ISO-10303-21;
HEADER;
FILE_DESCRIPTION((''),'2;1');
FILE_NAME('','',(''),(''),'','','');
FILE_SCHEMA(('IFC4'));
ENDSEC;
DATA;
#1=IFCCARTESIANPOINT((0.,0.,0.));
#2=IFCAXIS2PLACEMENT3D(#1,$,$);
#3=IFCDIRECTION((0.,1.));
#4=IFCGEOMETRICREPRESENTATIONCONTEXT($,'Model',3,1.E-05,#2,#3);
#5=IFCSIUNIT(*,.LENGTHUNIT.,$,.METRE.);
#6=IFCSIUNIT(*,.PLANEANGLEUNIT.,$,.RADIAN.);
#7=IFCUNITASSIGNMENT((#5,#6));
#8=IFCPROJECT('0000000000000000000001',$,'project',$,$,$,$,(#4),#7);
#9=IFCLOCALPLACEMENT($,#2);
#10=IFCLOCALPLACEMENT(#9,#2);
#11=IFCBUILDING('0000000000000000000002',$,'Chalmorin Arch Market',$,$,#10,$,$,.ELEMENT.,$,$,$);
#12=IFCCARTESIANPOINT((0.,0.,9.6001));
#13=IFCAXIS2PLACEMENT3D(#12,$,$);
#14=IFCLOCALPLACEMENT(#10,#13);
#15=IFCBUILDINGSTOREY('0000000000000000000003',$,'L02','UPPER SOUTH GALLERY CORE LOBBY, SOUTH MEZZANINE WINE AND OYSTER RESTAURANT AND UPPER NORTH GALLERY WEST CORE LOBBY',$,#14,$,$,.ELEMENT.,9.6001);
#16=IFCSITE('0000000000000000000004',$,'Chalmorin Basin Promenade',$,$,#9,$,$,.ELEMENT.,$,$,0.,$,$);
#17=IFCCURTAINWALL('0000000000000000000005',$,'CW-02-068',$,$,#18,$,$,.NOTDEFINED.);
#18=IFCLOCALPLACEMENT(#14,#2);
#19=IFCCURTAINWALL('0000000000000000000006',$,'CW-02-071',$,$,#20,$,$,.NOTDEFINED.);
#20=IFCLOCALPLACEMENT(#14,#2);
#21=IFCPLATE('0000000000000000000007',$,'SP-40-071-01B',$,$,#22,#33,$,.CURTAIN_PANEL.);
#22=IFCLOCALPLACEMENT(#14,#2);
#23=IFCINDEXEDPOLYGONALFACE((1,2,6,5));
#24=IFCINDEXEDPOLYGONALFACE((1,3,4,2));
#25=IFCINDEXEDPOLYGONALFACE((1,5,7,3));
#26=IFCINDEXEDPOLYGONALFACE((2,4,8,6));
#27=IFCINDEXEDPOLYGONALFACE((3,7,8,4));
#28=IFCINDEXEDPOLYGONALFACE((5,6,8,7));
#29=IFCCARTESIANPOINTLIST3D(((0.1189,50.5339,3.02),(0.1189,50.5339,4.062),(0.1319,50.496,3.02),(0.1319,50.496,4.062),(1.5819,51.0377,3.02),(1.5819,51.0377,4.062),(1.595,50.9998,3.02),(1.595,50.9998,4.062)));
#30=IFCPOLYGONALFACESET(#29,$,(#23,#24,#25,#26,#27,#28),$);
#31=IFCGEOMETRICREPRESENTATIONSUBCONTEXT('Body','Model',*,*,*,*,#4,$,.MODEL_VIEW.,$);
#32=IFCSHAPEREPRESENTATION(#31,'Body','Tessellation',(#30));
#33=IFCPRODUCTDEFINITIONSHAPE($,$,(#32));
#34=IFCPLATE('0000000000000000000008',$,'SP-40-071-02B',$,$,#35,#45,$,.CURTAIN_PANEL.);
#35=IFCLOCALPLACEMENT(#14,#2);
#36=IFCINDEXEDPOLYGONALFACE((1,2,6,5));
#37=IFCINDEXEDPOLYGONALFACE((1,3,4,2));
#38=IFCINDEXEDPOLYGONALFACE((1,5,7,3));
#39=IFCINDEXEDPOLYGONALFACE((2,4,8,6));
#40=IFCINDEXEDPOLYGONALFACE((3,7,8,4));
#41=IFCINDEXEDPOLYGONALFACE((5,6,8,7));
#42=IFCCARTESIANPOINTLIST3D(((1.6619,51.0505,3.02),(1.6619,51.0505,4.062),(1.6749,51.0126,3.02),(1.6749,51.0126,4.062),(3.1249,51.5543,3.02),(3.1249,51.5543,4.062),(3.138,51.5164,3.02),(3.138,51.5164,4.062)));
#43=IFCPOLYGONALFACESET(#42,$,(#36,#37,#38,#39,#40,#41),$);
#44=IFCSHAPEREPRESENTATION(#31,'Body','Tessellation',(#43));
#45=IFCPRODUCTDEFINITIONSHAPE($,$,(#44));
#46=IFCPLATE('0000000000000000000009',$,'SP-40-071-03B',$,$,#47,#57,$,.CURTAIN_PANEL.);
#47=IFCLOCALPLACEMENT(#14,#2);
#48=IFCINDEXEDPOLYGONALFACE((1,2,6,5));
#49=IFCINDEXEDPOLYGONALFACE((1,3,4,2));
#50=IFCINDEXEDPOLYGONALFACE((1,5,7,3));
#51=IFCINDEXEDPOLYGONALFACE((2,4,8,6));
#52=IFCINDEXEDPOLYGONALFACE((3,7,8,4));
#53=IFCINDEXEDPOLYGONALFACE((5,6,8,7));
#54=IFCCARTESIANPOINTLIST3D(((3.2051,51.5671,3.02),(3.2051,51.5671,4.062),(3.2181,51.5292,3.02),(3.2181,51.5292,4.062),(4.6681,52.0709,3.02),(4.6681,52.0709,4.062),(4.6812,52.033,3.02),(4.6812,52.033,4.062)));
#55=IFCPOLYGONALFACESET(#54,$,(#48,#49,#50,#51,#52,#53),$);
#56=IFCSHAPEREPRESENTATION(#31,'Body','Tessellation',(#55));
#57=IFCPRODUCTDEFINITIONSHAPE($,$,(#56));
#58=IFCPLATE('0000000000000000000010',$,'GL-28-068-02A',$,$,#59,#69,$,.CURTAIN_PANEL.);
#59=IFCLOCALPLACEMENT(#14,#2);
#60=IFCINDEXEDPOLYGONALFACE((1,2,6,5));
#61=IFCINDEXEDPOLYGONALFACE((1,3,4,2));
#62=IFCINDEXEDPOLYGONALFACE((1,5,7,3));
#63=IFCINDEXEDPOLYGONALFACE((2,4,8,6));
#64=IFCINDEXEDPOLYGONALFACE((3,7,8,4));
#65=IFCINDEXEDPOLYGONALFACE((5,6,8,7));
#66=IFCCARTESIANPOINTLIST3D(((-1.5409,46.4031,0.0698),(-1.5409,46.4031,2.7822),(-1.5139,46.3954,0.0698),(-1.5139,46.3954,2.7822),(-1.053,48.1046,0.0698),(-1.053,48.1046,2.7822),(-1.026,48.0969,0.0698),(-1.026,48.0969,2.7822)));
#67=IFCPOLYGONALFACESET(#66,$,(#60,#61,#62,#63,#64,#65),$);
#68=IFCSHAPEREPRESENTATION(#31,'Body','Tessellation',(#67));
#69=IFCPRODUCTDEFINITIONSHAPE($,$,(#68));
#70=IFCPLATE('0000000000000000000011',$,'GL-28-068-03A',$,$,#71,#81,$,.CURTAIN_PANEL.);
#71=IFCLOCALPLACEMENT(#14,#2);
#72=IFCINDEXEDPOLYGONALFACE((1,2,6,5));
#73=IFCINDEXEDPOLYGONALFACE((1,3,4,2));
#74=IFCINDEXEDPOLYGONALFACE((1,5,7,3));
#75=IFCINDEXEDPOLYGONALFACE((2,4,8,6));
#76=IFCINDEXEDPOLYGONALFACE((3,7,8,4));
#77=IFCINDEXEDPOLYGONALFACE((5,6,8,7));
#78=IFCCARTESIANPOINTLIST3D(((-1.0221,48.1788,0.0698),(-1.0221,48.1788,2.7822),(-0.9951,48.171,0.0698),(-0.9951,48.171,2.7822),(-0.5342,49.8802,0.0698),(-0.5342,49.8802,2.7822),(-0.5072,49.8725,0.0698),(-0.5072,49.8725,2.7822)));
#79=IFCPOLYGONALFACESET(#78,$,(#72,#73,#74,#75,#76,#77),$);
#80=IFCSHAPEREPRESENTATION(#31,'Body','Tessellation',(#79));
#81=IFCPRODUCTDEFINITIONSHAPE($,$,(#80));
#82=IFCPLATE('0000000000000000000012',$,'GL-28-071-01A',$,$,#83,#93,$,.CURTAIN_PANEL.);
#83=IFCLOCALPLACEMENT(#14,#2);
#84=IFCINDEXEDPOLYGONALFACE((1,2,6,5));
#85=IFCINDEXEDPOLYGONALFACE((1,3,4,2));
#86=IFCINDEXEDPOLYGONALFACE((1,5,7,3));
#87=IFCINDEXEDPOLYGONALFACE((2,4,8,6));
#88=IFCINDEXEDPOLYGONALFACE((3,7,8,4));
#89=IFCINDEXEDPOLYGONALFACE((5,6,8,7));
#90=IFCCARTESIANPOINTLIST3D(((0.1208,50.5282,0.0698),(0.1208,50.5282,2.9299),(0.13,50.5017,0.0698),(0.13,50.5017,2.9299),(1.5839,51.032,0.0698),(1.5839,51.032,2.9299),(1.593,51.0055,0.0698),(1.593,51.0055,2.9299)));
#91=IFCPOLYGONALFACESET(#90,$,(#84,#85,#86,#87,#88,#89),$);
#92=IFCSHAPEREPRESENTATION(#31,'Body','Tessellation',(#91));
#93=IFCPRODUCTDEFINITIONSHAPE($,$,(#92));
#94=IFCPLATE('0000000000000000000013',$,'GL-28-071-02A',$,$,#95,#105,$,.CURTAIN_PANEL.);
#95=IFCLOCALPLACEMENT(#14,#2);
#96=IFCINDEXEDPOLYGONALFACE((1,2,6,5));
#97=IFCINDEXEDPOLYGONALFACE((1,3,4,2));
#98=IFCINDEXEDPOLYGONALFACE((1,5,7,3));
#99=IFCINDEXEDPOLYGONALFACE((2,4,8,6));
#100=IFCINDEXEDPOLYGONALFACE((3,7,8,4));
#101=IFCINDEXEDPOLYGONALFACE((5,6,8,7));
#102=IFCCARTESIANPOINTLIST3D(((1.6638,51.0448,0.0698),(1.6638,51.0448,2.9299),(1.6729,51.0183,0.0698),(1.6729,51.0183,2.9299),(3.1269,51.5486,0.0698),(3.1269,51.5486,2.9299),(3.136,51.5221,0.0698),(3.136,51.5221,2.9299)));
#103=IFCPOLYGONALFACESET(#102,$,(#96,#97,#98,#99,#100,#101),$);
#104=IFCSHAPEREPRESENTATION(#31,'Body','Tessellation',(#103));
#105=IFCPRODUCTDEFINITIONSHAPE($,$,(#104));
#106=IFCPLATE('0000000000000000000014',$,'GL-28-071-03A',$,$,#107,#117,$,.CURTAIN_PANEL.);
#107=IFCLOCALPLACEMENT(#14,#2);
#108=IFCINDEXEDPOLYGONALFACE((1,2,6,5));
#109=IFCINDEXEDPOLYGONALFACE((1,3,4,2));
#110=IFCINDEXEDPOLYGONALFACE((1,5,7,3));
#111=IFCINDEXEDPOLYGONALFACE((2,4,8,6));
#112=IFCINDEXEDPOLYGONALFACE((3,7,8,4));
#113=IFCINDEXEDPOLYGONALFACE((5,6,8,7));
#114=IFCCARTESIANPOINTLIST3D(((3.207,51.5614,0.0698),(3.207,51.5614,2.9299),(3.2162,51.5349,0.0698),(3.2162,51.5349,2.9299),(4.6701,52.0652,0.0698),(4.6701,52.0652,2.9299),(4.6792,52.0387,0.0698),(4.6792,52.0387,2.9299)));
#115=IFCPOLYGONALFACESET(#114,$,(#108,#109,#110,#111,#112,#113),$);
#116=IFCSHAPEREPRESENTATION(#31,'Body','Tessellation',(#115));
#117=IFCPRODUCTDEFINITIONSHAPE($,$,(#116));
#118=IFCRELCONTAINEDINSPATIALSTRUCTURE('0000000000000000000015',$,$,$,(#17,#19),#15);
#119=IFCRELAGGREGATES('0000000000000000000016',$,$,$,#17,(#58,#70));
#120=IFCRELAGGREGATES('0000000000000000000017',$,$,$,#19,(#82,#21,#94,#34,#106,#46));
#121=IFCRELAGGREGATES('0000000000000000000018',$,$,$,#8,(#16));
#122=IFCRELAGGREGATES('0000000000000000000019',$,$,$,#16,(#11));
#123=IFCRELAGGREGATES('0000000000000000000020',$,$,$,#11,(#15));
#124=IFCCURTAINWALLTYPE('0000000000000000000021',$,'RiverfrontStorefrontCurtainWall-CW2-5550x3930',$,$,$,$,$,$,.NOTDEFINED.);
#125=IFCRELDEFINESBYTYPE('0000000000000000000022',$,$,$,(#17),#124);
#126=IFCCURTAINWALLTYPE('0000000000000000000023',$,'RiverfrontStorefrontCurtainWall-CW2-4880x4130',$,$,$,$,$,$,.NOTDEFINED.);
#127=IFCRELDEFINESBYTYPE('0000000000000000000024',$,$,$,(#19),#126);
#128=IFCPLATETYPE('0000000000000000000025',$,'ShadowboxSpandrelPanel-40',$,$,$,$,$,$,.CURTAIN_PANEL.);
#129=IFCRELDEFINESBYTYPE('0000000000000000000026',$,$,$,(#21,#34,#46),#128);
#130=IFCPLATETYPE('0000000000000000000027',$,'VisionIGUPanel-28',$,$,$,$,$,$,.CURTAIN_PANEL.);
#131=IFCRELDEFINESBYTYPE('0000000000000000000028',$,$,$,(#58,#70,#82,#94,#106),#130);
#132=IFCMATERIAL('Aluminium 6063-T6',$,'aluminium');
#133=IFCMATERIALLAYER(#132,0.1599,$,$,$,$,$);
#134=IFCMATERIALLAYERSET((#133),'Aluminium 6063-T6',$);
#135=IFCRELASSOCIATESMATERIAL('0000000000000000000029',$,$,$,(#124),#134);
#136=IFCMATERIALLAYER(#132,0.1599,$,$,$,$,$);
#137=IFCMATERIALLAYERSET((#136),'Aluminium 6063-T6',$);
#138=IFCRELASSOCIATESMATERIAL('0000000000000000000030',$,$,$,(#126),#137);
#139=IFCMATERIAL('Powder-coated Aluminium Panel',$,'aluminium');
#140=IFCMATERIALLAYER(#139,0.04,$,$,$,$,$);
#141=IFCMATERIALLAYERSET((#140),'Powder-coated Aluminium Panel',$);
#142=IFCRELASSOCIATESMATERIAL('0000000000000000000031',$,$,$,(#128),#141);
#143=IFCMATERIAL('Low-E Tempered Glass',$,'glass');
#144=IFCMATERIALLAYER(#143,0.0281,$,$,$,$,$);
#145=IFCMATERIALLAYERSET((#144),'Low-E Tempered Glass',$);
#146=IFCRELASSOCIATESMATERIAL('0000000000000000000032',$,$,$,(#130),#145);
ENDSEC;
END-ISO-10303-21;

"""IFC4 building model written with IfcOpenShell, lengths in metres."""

from ifc_helpers import new_model, si_unit, direction, frame, origin, origin_2d, place, context, subcontext, project, spatial, rectangle, extrude, material, layer, layer_set, type_object, element, aggregate, save


model = new_model("IFC4")

# Units and contexts
model_context = context("Model", 3, precision=1e-05, world=origin(), true_north=direction((0.0, 1.0)))
body_context = subcontext(model_context, "Body", "Model", "MODEL_VIEW")
ifc_project = project(units=[si_unit("LENGTHUNIT", "METRE"), si_unit("PLANEANGLEUNIT", "RADIAN")], contexts=[model_context])

# Site, building, storey
site_placement = place(None, origin())
site = spatial("IfcSite", under=ifc_project, at=site_placement, Name="Chalmorin Basin Promenade", CompositionType="ELEMENT", RefElevation=0.0)
building_placement = place(site_placement, origin())
building = spatial("IfcBuilding", under=site, at=building_placement, Name="Chalmorin Arch Market", CompositionType="ELEMENT")
storey_placement = place(building_placement, frame((0.0, 0.0, 9.6001)))
storey = spatial("IfcBuildingStorey", under=building, at=storey_placement, Name="L02", Description="UPPER SOUTH GALLERY CORE LOBBY, SOUTH MEZZANINE WINE AND OYSTER RESTAURANT AND UPPER NORTH GALLERY WEST CORE LOBBY", CompositionType="ELEMENT", Elevation=9.6001)

# Curtain walls
ifc_material_1 = material(Name="Aluminium 6063-T6", Category="aluminium")
ifc_layer_1 = layer(ifc_material_1, 0.1599)
ifc_layer_set_1 = layer_set([ifc_layer_1], Name="Aluminium 6063-T6")
curtain_wall_type_1 = type_object("IfcCurtainWallType", Name="RiverfrontStorefrontCurtainWall-CW2-5550x3930", PredefinedType="NOTDEFINED", material=ifc_layer_set_1)
curtain_wall_1_placement = place(storey_placement, origin())
curtain_wall_1 = element("IfcCurtainWall", 1, at=curtain_wall_1_placement, inside=storey, type_object=curtain_wall_type_1, Name="CW-02-068", PredefinedType="NOTDEFINED")
ifc_layer_2 = layer(ifc_material_1, 0.1599)
ifc_layer_set_2 = layer_set([ifc_layer_2], Name="Aluminium 6063-T6")
curtain_wall_type_2 = type_object("IfcCurtainWallType", Name="RiverfrontStorefrontCurtainWall-CW2-4880x4130", PredefinedType="NOTDEFINED", material=ifc_layer_set_2)
curtain_wall_2_placement = place(storey_placement, origin())
curtain_wall_2 = element("IfcCurtainWall", 2, at=curtain_wall_2_placement, inside=storey, type_object=curtain_wall_type_2, Name="CW-02-071", PredefinedType="NOTDEFINED")

# Plates
ifc_material_2 = material(Name="Powder-coated Aluminium Panel", Category="aluminium")
ifc_layer_3 = layer(ifc_material_2, 0.04)
ifc_layer_set_3 = layer_set([ifc_layer_3], Name="Powder-coated Aluminium Panel")
plate_type_1 = type_object("IfcPlateType", Name="ShadowboxSpandrelPanel-40", PredefinedType="CURTAIN_PANEL", material=ifc_layer_set_3)
plate_1_placement = place(storey_placement, frame((0.8569, 50.7668, 3.02), z_axis=(0.0, 0.0, 1.0), x_axis=(0.945519, 0.325568, 0.0)))
plate_1 = element("IfcPlate", 3, at=plate_1_placement, type_object=plate_type_1, Name="SP-40-071-01B", PredefinedType="CURTAIN_PANEL", context=body_context, shape_type="SweptSolid", body=[
    extrude(rectangle(XDim=1.5474, YDim=0.04, at=origin_2d()), origin(), (0.0, 0.0, 1.0), 1.042),
])
plate_2_placement = place(storey_placement, frame((2.3999, 51.2834, 3.02), z_axis=(0.0, 0.0, 1.0), x_axis=(0.945519, 0.325568, 0.0)))
plate_2 = element("IfcPlate", 4, at=plate_2_placement, type_object=plate_type_1, Name="SP-40-071-02B", PredefinedType="CURTAIN_PANEL", context=body_context, shape_type="SweptSolid", body=[
    extrude(rectangle(XDim=1.5474, YDim=0.04, at=origin_2d()), origin(), (0.0, 0.0, 1.0), 1.042),
])
plate_3_placement = place(storey_placement, frame((3.9431, 51.8, 3.02), z_axis=(0.0, 0.0, 1.0), x_axis=(0.945519, 0.325568, 0.0)))
plate_3 = element("IfcPlate", 5, at=plate_3_placement, type_object=plate_type_1, Name="SP-40-071-03B", PredefinedType="CURTAIN_PANEL", context=body_context, shape_type="SweptSolid", body=[
    extrude(rectangle(XDim=1.5474, YDim=0.04, at=origin_2d()), origin(), (0.0, 0.0, 1.0), 1.042),
])
ifc_material_3 = material(Name="Low-E Tempered Glass", Category="glass")
ifc_layer_4 = layer(ifc_material_3, 0.0281)
ifc_layer_set_4 = layer_set([ifc_layer_4], Name="Low-E Tempered Glass")
plate_type_2 = type_object("IfcPlateType", Name="VisionIGUPanel-28", PredefinedType="CURTAIN_PANEL", material=ifc_layer_set_4)
plate_4_placement = place(storey_placement, frame((-1.2834, 47.25, 0.0698), z_axis=(0.0, 0.0, 1.0), x_axis=(0.275637, 0.961262, 0.0)))
plate_4 = element("IfcPlate", 6, at=plate_4_placement, type_object=plate_type_2, Name="GL-28-068-02A", PredefinedType="CURTAIN_PANEL", context=body_context, shape_type="SweptSolid", body=[
    extrude(rectangle(XDim=1.77, YDim=0.0281, at=origin_2d()), origin(), (0.0, 0.0, 1.0), 2.7124),
])
plate_5_placement = place(storey_placement, frame((-0.7646, 49.0256, 0.0698), z_axis=(0.0, 0.0, 1.0), x_axis=(0.275637, 0.961262, 0.0)))
plate_5 = element("IfcPlate", 7, at=plate_5_placement, type_object=plate_type_2, Name="GL-28-068-03A", PredefinedType="CURTAIN_PANEL", context=body_context, shape_type="SweptSolid", body=[
    extrude(rectangle(XDim=1.77, YDim=0.0281, at=origin_2d()), origin(), (0.0, 0.0, 1.0), 2.7124),
])
aggregate(curtain_wall_1, [plate_4, plate_5])
plate_6_placement = place(storey_placement, frame((0.8569, 50.7668, 0.0698), z_axis=(0.0, 0.0, 1.0), x_axis=(0.945519, 0.325568, 0.0)))
plate_6 = element("IfcPlate", 8, at=plate_6_placement, type_object=plate_type_2, Name="GL-28-071-01A", PredefinedType="CURTAIN_PANEL", context=body_context, shape_type="SweptSolid", body=[
    extrude(rectangle(XDim=1.5474, YDim=0.0281, at=origin_2d()), origin(), (0.0, 0.0, 1.0), 2.8601),
])
plate_7_placement = place(storey_placement, frame((2.3999, 51.2834, 0.0698), z_axis=(0.0, 0.0, 1.0), x_axis=(0.945519, 0.325568, 0.0)))
plate_7 = element("IfcPlate", 9, at=plate_7_placement, type_object=plate_type_2, Name="GL-28-071-02A", PredefinedType="CURTAIN_PANEL", context=body_context, shape_type="SweptSolid", body=[
    extrude(rectangle(XDim=1.5474, YDim=0.0281, at=origin_2d()), origin(), (0.0, 0.0, 1.0), 2.8601),
])
plate_8_placement = place(storey_placement, frame((3.9431, 51.8, 0.0698), z_axis=(0.0, 0.0, 1.0), x_axis=(0.945519, 0.325568, 0.0)))
plate_8 = element("IfcPlate", 10, at=plate_8_placement, type_object=plate_type_2, Name="GL-28-071-03A", PredefinedType="CURTAIN_PANEL", context=body_context, shape_type="SweptSolid", body=[
    extrude(rectangle(XDim=1.5474, YDim=0.0281, at=origin_2d()), origin(), (0.0, 0.0, 1.0), 2.8601),
])
aggregate(curtain_wall_2, [plate_6, plate_1, plate_7, plate_2, plate_8, plate_3])

save(model, "model.ifc")
